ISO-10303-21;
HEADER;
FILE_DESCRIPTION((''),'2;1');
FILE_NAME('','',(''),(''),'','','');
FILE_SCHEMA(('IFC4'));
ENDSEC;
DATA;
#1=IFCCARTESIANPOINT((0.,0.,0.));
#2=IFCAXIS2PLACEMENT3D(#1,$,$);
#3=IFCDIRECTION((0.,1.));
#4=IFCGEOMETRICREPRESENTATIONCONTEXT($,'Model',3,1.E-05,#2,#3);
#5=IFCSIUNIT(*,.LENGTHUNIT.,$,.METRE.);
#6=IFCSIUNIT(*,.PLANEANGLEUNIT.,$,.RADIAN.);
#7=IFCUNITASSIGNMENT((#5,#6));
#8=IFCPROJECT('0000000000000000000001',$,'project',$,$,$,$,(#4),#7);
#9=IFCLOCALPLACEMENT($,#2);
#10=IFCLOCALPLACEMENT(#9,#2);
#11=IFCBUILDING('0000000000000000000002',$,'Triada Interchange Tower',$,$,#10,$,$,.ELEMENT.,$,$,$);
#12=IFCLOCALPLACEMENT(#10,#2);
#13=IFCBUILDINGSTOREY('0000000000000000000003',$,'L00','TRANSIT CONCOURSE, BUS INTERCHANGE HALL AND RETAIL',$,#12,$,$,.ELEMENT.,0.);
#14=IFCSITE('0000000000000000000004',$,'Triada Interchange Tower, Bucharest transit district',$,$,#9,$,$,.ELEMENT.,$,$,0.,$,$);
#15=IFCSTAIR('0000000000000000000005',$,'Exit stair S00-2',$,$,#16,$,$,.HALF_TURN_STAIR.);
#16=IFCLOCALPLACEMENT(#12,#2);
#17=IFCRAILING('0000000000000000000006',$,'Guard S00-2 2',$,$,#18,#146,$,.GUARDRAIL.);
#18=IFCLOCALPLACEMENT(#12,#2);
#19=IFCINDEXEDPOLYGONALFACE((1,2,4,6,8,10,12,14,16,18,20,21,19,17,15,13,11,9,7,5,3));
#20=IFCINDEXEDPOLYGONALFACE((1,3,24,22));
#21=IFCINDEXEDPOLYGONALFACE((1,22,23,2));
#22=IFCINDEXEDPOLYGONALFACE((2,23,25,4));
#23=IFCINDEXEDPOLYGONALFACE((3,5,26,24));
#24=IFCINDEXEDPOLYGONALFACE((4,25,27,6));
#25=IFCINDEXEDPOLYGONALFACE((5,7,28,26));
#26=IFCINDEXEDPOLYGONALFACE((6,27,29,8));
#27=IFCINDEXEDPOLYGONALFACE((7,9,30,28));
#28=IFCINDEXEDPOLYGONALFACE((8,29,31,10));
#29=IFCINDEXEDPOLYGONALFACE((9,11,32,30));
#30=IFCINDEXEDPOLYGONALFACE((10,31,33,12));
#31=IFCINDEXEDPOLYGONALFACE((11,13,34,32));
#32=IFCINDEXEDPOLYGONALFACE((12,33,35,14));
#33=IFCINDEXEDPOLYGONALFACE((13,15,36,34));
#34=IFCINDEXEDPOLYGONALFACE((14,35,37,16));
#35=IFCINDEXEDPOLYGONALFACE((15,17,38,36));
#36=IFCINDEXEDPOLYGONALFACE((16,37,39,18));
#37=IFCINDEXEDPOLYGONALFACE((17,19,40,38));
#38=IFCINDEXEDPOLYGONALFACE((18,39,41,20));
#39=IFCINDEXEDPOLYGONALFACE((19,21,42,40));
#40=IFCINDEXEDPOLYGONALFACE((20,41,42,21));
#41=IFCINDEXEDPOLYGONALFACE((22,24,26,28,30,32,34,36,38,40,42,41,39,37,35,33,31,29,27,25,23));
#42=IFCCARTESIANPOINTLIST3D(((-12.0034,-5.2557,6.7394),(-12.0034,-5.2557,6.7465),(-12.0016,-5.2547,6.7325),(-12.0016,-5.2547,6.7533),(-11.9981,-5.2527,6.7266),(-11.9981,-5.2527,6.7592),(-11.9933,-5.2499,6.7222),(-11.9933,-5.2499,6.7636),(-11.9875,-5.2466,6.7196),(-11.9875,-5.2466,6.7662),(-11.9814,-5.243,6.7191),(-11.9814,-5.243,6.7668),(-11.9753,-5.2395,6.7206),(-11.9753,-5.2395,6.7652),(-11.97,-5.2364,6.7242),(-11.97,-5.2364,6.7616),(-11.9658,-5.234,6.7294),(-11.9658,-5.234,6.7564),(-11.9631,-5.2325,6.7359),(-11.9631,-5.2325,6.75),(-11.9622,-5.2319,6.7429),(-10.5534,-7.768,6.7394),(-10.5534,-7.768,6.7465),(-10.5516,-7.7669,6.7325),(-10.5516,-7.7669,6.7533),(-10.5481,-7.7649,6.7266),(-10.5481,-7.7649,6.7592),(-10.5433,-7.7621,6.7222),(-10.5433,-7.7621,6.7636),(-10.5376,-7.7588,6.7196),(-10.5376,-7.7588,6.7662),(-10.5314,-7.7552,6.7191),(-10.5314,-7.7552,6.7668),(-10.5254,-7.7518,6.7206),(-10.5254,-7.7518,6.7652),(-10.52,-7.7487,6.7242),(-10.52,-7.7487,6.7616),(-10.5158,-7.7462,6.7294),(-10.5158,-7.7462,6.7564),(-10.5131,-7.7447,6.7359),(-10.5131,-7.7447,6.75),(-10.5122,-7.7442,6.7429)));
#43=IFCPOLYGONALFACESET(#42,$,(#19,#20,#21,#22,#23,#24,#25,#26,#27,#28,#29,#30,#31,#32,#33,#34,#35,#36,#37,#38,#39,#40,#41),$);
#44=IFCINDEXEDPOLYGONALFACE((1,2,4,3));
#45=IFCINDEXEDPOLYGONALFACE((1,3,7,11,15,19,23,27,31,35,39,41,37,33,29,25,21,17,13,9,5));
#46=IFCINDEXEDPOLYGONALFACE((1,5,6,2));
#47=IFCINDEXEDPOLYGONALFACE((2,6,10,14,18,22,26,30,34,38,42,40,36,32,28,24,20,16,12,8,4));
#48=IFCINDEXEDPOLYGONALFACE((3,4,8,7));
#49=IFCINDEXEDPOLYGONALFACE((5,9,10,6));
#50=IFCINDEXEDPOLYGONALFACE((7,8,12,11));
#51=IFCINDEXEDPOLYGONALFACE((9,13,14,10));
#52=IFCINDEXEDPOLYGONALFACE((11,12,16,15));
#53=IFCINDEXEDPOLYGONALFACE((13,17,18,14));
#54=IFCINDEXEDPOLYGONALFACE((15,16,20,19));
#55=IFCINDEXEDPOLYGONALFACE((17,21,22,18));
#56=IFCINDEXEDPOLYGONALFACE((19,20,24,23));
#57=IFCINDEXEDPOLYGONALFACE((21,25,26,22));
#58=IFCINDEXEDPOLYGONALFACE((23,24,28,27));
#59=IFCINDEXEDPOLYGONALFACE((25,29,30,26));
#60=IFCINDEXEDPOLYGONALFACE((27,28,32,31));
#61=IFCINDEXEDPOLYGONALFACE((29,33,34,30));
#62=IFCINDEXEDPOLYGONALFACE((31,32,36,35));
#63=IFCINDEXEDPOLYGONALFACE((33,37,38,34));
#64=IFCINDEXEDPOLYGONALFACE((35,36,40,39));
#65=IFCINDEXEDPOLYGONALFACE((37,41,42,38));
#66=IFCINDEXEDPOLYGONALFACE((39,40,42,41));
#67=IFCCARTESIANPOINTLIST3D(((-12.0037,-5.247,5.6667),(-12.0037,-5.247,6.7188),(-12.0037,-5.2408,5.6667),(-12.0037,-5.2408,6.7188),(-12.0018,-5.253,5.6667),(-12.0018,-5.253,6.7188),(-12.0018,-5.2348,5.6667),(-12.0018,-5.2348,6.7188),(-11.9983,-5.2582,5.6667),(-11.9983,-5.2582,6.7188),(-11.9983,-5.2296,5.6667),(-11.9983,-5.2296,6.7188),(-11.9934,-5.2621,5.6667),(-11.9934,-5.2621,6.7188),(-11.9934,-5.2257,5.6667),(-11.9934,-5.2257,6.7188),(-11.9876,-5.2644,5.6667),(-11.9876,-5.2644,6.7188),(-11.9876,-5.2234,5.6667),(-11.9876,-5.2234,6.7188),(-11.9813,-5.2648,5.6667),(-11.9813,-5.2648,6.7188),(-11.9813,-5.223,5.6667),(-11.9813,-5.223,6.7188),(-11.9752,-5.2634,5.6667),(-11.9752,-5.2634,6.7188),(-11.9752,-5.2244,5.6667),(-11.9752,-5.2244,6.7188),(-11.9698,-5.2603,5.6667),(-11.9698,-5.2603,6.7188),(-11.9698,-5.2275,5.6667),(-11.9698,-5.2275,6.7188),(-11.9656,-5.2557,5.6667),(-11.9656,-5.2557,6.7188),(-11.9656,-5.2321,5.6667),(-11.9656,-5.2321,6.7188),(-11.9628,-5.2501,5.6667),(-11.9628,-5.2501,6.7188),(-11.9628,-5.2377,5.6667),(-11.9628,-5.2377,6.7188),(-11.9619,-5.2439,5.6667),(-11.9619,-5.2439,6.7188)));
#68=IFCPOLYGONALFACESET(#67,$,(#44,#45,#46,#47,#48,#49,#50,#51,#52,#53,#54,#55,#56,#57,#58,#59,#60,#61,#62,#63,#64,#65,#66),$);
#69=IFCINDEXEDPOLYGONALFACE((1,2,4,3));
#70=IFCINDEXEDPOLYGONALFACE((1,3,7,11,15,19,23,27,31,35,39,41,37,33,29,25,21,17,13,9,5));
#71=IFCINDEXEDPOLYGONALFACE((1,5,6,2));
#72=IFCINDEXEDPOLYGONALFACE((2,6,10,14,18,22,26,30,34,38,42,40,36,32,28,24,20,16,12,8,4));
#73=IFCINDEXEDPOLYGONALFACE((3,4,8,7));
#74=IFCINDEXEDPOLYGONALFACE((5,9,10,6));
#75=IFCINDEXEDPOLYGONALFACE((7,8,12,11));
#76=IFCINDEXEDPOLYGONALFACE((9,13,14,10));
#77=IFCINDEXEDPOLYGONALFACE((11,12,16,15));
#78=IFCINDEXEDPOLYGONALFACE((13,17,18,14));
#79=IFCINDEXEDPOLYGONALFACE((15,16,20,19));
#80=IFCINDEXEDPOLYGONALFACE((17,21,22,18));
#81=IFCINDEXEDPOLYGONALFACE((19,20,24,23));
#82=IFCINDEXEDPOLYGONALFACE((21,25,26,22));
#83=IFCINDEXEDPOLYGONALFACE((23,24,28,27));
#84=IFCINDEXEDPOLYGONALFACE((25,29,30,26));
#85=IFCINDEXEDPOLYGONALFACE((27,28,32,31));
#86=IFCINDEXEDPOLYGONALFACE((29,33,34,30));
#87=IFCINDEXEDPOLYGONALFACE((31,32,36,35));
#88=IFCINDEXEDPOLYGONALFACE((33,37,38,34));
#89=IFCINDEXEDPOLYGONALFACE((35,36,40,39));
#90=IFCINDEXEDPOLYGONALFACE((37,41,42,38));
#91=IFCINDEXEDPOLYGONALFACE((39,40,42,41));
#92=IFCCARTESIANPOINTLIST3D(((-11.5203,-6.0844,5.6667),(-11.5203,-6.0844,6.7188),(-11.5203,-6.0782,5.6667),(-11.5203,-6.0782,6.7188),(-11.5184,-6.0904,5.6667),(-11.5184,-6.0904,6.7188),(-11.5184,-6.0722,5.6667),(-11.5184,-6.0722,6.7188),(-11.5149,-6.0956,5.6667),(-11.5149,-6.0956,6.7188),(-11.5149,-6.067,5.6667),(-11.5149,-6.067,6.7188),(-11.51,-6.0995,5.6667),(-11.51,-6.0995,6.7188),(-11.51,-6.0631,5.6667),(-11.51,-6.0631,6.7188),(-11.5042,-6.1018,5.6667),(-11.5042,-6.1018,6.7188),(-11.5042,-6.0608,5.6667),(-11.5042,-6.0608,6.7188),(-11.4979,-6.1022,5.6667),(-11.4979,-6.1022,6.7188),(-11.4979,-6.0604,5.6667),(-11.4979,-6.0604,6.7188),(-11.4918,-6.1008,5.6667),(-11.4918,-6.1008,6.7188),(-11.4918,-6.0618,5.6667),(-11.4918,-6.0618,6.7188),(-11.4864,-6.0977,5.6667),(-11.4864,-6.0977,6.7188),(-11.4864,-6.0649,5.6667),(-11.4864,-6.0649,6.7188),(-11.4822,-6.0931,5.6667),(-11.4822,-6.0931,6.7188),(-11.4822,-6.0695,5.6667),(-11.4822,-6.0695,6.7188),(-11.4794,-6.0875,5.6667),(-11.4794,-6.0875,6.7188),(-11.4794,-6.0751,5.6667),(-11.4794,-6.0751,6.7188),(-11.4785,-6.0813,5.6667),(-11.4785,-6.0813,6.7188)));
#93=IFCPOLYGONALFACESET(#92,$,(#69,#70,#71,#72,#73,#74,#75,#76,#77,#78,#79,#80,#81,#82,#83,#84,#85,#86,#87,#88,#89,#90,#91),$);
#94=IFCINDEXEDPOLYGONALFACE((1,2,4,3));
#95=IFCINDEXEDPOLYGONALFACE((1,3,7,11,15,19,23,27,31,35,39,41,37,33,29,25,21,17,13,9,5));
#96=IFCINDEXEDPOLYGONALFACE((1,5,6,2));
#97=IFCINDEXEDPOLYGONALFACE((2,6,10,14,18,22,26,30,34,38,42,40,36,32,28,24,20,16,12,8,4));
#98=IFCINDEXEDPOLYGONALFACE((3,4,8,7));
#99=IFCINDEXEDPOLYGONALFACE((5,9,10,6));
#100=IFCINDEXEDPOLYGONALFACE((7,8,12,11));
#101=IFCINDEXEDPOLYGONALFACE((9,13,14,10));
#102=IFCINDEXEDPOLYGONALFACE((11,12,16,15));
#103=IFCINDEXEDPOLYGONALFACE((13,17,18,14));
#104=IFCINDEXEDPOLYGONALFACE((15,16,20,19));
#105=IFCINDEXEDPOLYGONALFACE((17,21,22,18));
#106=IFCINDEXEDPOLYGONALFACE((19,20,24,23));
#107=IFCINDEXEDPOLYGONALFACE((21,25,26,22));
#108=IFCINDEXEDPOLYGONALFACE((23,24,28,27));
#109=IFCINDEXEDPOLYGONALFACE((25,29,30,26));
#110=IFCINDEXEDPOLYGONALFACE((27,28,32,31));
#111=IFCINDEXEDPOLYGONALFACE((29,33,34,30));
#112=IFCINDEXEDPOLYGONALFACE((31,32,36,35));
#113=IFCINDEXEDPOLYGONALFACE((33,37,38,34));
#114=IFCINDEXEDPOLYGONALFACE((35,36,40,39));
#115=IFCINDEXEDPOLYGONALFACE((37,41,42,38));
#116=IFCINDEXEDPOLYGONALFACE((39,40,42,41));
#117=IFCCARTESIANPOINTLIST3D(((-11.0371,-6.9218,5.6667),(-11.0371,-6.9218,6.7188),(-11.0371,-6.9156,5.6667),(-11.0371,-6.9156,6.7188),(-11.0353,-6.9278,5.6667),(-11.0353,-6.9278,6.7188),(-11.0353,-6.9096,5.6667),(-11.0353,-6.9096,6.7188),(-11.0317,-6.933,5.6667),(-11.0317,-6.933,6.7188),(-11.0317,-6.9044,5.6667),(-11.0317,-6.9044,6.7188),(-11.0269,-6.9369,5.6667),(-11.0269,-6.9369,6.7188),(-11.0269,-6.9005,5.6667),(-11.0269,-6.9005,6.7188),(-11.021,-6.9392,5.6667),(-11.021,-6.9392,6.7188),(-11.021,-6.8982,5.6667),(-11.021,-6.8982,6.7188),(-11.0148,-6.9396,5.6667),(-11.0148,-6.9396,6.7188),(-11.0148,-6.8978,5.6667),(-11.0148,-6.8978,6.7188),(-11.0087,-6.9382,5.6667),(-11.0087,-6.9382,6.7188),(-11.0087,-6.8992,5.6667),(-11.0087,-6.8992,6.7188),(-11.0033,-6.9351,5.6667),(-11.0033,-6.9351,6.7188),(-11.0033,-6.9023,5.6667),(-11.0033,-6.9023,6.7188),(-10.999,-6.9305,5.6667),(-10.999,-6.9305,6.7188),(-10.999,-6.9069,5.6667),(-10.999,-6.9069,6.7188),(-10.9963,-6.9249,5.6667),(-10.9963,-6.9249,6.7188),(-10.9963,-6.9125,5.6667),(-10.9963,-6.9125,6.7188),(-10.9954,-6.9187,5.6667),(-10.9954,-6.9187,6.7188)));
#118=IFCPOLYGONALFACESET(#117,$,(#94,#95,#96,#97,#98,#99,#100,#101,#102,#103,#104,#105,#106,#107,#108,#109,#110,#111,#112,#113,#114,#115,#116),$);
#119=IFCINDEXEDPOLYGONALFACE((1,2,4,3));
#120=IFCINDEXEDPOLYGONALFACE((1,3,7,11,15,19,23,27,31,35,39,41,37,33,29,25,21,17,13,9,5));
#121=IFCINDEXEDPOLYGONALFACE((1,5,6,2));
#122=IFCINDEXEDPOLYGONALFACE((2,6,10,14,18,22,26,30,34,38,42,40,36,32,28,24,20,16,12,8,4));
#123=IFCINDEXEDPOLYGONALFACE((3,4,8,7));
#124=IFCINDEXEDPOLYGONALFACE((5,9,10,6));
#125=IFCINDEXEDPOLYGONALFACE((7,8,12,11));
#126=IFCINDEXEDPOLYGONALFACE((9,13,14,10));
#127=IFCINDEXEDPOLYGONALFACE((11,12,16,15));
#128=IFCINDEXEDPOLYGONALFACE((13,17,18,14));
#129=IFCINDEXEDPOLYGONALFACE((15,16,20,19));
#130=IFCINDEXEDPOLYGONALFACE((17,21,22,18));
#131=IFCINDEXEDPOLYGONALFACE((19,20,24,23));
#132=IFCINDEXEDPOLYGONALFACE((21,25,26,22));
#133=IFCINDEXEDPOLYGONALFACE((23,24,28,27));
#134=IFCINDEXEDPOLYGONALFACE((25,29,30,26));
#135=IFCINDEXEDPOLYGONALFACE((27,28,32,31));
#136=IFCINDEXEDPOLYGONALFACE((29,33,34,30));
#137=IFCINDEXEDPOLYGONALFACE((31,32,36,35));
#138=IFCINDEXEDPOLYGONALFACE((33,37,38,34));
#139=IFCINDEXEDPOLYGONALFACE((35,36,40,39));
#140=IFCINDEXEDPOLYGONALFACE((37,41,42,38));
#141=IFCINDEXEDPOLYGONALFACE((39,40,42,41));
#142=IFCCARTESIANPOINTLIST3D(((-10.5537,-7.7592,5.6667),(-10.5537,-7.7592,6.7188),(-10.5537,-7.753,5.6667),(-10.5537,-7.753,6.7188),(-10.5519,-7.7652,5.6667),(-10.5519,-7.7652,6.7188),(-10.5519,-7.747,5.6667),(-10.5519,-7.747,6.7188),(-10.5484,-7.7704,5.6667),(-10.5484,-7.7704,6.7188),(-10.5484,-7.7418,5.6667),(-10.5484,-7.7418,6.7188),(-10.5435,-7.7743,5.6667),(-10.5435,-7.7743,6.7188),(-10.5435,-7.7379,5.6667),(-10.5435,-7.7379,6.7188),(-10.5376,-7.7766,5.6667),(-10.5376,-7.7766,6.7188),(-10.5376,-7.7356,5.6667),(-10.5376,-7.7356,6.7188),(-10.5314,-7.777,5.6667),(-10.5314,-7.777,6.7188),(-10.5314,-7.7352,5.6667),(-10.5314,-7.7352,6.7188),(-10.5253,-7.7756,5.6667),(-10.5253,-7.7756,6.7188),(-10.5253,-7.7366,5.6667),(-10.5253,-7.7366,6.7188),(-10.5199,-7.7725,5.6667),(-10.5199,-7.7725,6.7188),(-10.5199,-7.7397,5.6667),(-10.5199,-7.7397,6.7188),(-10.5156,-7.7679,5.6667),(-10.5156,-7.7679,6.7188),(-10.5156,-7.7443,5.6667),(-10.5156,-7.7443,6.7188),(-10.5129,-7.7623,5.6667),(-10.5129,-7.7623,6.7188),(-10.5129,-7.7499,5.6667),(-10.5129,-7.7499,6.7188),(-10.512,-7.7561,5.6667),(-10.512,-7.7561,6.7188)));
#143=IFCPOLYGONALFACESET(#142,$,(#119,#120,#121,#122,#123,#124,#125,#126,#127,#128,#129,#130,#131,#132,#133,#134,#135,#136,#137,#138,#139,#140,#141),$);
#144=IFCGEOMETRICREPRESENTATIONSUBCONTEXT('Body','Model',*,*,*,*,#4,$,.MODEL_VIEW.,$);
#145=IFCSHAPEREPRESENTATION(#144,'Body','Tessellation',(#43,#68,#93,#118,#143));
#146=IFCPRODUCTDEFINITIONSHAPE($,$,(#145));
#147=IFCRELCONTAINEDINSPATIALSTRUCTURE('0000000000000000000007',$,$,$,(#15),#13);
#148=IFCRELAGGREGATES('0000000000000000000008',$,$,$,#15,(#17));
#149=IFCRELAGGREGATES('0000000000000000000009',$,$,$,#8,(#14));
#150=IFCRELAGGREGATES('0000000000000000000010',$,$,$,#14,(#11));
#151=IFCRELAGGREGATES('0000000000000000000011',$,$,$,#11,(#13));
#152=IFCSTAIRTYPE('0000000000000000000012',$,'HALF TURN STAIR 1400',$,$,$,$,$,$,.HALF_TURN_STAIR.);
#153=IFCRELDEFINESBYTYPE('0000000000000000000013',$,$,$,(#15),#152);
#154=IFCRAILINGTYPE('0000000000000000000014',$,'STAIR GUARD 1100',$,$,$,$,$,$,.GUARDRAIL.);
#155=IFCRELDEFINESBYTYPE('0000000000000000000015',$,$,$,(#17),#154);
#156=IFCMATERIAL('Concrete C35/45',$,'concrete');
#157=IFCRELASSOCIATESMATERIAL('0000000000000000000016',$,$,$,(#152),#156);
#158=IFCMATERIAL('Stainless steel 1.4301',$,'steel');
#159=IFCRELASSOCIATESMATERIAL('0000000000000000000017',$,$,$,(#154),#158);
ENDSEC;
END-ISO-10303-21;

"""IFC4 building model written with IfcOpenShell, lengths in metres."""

from ifc_helpers import new_model, si_unit, direction, frame, origin, origin_2d, place, context, subcontext, project, spatial, circle, extrude, material, type_object, element, aggregate, save


model = new_model("IFC4")

# Units and contexts
model_context = context("Model", 3, precision=1e-05, world=origin(), true_north=direction((0.0, 1.0)))
body_context = subcontext(model_context, "Body", "Model", "MODEL_VIEW")
ifc_project = project(units=[si_unit("LENGTHUNIT", "METRE"), si_unit("PLANEANGLEUNIT", "RADIAN")], contexts=[model_context])

# Site, building, storey
site_placement = place(None, origin())
site = spatial("IfcSite", under=ifc_project, at=site_placement, Name="Triada Interchange Tower, Bucharest transit district", CompositionType="ELEMENT", RefElevation=0.0)
building_placement = place(site_placement, origin())
building = spatial("IfcBuilding", under=site, at=building_placement, Name="Triada Interchange Tower", CompositionType="ELEMENT")
storey_placement = place(building_placement, origin())
storey = spatial("IfcBuildingStorey", under=building, at=storey_placement, Name="L00", Description="TRANSIT CONCOURSE, BUS INTERCHANGE HALL AND RETAIL", CompositionType="ELEMENT", Elevation=0.0)

# Shared definitions
ifc_material_1 = material(Name="Concrete C35/45", Category="concrete")

# Stair, railing
stair_type = type_object("IfcStairType", Name="HALF TURN STAIR 1400", PredefinedType="HALF_TURN_STAIR", material=ifc_material_1)
stair_placement = place(storey_placement, origin())
stair = element("IfcStair", 1, at=stair_placement, inside=storey, type_object=stair_type, Name="Exit stair S00-2", PredefinedType="HALF_TURN_STAIR")
ifc_material_2 = material(Name="Stainless steel 1.4301", Category="steel")
railing_type_1 = type_object("IfcRailingType", Name="STAIR GUARD 1100", PredefinedType="GUARDRAIL", material=ifc_material_2)
railing_1_placement = place(storey_placement, frame((-11.9829, -5.2439, 5.6667)))
railing_1 = element("IfcRailing", 2, at=railing_1_placement, type_object=railing_type_1, Name="Guard S00-2 2", PredefinedType="GUARDRAIL", context=body_context, shape_type="SweptSolid", body=[
    extrude(circle(Radius=0.0239, at=origin_2d()), frame((0.0, 0.0, 1.0762), z_axis=(0.499878, -0.866096, 0.0), x_axis=(0.866096, 0.499878, 0.0)), (0.0, 0.0, 1.0), 2.9006),
    extrude(circle(Radius=0.021, at=origin_2d()), origin(), (0.0, 0.0, 1.0), 1.052),
    extrude(circle(Radius=0.021, at=origin_2d()), frame((0.4834, -0.8374, 0.0)), (0.0, 0.0, 1.0), 1.052),
    extrude(circle(Radius=0.021, at=origin_2d()), frame((0.9666, -1.6748, 0.0)), (0.0, 0.0, 1.0), 1.052),
    extrude(circle(Radius=0.021, at=origin_2d()), frame((1.45, -2.5122, 0.0)), (0.0, 0.0, 1.0), 1.052),
])
aggregate(stair, [railing_1])

save(model, "model.ifc")
